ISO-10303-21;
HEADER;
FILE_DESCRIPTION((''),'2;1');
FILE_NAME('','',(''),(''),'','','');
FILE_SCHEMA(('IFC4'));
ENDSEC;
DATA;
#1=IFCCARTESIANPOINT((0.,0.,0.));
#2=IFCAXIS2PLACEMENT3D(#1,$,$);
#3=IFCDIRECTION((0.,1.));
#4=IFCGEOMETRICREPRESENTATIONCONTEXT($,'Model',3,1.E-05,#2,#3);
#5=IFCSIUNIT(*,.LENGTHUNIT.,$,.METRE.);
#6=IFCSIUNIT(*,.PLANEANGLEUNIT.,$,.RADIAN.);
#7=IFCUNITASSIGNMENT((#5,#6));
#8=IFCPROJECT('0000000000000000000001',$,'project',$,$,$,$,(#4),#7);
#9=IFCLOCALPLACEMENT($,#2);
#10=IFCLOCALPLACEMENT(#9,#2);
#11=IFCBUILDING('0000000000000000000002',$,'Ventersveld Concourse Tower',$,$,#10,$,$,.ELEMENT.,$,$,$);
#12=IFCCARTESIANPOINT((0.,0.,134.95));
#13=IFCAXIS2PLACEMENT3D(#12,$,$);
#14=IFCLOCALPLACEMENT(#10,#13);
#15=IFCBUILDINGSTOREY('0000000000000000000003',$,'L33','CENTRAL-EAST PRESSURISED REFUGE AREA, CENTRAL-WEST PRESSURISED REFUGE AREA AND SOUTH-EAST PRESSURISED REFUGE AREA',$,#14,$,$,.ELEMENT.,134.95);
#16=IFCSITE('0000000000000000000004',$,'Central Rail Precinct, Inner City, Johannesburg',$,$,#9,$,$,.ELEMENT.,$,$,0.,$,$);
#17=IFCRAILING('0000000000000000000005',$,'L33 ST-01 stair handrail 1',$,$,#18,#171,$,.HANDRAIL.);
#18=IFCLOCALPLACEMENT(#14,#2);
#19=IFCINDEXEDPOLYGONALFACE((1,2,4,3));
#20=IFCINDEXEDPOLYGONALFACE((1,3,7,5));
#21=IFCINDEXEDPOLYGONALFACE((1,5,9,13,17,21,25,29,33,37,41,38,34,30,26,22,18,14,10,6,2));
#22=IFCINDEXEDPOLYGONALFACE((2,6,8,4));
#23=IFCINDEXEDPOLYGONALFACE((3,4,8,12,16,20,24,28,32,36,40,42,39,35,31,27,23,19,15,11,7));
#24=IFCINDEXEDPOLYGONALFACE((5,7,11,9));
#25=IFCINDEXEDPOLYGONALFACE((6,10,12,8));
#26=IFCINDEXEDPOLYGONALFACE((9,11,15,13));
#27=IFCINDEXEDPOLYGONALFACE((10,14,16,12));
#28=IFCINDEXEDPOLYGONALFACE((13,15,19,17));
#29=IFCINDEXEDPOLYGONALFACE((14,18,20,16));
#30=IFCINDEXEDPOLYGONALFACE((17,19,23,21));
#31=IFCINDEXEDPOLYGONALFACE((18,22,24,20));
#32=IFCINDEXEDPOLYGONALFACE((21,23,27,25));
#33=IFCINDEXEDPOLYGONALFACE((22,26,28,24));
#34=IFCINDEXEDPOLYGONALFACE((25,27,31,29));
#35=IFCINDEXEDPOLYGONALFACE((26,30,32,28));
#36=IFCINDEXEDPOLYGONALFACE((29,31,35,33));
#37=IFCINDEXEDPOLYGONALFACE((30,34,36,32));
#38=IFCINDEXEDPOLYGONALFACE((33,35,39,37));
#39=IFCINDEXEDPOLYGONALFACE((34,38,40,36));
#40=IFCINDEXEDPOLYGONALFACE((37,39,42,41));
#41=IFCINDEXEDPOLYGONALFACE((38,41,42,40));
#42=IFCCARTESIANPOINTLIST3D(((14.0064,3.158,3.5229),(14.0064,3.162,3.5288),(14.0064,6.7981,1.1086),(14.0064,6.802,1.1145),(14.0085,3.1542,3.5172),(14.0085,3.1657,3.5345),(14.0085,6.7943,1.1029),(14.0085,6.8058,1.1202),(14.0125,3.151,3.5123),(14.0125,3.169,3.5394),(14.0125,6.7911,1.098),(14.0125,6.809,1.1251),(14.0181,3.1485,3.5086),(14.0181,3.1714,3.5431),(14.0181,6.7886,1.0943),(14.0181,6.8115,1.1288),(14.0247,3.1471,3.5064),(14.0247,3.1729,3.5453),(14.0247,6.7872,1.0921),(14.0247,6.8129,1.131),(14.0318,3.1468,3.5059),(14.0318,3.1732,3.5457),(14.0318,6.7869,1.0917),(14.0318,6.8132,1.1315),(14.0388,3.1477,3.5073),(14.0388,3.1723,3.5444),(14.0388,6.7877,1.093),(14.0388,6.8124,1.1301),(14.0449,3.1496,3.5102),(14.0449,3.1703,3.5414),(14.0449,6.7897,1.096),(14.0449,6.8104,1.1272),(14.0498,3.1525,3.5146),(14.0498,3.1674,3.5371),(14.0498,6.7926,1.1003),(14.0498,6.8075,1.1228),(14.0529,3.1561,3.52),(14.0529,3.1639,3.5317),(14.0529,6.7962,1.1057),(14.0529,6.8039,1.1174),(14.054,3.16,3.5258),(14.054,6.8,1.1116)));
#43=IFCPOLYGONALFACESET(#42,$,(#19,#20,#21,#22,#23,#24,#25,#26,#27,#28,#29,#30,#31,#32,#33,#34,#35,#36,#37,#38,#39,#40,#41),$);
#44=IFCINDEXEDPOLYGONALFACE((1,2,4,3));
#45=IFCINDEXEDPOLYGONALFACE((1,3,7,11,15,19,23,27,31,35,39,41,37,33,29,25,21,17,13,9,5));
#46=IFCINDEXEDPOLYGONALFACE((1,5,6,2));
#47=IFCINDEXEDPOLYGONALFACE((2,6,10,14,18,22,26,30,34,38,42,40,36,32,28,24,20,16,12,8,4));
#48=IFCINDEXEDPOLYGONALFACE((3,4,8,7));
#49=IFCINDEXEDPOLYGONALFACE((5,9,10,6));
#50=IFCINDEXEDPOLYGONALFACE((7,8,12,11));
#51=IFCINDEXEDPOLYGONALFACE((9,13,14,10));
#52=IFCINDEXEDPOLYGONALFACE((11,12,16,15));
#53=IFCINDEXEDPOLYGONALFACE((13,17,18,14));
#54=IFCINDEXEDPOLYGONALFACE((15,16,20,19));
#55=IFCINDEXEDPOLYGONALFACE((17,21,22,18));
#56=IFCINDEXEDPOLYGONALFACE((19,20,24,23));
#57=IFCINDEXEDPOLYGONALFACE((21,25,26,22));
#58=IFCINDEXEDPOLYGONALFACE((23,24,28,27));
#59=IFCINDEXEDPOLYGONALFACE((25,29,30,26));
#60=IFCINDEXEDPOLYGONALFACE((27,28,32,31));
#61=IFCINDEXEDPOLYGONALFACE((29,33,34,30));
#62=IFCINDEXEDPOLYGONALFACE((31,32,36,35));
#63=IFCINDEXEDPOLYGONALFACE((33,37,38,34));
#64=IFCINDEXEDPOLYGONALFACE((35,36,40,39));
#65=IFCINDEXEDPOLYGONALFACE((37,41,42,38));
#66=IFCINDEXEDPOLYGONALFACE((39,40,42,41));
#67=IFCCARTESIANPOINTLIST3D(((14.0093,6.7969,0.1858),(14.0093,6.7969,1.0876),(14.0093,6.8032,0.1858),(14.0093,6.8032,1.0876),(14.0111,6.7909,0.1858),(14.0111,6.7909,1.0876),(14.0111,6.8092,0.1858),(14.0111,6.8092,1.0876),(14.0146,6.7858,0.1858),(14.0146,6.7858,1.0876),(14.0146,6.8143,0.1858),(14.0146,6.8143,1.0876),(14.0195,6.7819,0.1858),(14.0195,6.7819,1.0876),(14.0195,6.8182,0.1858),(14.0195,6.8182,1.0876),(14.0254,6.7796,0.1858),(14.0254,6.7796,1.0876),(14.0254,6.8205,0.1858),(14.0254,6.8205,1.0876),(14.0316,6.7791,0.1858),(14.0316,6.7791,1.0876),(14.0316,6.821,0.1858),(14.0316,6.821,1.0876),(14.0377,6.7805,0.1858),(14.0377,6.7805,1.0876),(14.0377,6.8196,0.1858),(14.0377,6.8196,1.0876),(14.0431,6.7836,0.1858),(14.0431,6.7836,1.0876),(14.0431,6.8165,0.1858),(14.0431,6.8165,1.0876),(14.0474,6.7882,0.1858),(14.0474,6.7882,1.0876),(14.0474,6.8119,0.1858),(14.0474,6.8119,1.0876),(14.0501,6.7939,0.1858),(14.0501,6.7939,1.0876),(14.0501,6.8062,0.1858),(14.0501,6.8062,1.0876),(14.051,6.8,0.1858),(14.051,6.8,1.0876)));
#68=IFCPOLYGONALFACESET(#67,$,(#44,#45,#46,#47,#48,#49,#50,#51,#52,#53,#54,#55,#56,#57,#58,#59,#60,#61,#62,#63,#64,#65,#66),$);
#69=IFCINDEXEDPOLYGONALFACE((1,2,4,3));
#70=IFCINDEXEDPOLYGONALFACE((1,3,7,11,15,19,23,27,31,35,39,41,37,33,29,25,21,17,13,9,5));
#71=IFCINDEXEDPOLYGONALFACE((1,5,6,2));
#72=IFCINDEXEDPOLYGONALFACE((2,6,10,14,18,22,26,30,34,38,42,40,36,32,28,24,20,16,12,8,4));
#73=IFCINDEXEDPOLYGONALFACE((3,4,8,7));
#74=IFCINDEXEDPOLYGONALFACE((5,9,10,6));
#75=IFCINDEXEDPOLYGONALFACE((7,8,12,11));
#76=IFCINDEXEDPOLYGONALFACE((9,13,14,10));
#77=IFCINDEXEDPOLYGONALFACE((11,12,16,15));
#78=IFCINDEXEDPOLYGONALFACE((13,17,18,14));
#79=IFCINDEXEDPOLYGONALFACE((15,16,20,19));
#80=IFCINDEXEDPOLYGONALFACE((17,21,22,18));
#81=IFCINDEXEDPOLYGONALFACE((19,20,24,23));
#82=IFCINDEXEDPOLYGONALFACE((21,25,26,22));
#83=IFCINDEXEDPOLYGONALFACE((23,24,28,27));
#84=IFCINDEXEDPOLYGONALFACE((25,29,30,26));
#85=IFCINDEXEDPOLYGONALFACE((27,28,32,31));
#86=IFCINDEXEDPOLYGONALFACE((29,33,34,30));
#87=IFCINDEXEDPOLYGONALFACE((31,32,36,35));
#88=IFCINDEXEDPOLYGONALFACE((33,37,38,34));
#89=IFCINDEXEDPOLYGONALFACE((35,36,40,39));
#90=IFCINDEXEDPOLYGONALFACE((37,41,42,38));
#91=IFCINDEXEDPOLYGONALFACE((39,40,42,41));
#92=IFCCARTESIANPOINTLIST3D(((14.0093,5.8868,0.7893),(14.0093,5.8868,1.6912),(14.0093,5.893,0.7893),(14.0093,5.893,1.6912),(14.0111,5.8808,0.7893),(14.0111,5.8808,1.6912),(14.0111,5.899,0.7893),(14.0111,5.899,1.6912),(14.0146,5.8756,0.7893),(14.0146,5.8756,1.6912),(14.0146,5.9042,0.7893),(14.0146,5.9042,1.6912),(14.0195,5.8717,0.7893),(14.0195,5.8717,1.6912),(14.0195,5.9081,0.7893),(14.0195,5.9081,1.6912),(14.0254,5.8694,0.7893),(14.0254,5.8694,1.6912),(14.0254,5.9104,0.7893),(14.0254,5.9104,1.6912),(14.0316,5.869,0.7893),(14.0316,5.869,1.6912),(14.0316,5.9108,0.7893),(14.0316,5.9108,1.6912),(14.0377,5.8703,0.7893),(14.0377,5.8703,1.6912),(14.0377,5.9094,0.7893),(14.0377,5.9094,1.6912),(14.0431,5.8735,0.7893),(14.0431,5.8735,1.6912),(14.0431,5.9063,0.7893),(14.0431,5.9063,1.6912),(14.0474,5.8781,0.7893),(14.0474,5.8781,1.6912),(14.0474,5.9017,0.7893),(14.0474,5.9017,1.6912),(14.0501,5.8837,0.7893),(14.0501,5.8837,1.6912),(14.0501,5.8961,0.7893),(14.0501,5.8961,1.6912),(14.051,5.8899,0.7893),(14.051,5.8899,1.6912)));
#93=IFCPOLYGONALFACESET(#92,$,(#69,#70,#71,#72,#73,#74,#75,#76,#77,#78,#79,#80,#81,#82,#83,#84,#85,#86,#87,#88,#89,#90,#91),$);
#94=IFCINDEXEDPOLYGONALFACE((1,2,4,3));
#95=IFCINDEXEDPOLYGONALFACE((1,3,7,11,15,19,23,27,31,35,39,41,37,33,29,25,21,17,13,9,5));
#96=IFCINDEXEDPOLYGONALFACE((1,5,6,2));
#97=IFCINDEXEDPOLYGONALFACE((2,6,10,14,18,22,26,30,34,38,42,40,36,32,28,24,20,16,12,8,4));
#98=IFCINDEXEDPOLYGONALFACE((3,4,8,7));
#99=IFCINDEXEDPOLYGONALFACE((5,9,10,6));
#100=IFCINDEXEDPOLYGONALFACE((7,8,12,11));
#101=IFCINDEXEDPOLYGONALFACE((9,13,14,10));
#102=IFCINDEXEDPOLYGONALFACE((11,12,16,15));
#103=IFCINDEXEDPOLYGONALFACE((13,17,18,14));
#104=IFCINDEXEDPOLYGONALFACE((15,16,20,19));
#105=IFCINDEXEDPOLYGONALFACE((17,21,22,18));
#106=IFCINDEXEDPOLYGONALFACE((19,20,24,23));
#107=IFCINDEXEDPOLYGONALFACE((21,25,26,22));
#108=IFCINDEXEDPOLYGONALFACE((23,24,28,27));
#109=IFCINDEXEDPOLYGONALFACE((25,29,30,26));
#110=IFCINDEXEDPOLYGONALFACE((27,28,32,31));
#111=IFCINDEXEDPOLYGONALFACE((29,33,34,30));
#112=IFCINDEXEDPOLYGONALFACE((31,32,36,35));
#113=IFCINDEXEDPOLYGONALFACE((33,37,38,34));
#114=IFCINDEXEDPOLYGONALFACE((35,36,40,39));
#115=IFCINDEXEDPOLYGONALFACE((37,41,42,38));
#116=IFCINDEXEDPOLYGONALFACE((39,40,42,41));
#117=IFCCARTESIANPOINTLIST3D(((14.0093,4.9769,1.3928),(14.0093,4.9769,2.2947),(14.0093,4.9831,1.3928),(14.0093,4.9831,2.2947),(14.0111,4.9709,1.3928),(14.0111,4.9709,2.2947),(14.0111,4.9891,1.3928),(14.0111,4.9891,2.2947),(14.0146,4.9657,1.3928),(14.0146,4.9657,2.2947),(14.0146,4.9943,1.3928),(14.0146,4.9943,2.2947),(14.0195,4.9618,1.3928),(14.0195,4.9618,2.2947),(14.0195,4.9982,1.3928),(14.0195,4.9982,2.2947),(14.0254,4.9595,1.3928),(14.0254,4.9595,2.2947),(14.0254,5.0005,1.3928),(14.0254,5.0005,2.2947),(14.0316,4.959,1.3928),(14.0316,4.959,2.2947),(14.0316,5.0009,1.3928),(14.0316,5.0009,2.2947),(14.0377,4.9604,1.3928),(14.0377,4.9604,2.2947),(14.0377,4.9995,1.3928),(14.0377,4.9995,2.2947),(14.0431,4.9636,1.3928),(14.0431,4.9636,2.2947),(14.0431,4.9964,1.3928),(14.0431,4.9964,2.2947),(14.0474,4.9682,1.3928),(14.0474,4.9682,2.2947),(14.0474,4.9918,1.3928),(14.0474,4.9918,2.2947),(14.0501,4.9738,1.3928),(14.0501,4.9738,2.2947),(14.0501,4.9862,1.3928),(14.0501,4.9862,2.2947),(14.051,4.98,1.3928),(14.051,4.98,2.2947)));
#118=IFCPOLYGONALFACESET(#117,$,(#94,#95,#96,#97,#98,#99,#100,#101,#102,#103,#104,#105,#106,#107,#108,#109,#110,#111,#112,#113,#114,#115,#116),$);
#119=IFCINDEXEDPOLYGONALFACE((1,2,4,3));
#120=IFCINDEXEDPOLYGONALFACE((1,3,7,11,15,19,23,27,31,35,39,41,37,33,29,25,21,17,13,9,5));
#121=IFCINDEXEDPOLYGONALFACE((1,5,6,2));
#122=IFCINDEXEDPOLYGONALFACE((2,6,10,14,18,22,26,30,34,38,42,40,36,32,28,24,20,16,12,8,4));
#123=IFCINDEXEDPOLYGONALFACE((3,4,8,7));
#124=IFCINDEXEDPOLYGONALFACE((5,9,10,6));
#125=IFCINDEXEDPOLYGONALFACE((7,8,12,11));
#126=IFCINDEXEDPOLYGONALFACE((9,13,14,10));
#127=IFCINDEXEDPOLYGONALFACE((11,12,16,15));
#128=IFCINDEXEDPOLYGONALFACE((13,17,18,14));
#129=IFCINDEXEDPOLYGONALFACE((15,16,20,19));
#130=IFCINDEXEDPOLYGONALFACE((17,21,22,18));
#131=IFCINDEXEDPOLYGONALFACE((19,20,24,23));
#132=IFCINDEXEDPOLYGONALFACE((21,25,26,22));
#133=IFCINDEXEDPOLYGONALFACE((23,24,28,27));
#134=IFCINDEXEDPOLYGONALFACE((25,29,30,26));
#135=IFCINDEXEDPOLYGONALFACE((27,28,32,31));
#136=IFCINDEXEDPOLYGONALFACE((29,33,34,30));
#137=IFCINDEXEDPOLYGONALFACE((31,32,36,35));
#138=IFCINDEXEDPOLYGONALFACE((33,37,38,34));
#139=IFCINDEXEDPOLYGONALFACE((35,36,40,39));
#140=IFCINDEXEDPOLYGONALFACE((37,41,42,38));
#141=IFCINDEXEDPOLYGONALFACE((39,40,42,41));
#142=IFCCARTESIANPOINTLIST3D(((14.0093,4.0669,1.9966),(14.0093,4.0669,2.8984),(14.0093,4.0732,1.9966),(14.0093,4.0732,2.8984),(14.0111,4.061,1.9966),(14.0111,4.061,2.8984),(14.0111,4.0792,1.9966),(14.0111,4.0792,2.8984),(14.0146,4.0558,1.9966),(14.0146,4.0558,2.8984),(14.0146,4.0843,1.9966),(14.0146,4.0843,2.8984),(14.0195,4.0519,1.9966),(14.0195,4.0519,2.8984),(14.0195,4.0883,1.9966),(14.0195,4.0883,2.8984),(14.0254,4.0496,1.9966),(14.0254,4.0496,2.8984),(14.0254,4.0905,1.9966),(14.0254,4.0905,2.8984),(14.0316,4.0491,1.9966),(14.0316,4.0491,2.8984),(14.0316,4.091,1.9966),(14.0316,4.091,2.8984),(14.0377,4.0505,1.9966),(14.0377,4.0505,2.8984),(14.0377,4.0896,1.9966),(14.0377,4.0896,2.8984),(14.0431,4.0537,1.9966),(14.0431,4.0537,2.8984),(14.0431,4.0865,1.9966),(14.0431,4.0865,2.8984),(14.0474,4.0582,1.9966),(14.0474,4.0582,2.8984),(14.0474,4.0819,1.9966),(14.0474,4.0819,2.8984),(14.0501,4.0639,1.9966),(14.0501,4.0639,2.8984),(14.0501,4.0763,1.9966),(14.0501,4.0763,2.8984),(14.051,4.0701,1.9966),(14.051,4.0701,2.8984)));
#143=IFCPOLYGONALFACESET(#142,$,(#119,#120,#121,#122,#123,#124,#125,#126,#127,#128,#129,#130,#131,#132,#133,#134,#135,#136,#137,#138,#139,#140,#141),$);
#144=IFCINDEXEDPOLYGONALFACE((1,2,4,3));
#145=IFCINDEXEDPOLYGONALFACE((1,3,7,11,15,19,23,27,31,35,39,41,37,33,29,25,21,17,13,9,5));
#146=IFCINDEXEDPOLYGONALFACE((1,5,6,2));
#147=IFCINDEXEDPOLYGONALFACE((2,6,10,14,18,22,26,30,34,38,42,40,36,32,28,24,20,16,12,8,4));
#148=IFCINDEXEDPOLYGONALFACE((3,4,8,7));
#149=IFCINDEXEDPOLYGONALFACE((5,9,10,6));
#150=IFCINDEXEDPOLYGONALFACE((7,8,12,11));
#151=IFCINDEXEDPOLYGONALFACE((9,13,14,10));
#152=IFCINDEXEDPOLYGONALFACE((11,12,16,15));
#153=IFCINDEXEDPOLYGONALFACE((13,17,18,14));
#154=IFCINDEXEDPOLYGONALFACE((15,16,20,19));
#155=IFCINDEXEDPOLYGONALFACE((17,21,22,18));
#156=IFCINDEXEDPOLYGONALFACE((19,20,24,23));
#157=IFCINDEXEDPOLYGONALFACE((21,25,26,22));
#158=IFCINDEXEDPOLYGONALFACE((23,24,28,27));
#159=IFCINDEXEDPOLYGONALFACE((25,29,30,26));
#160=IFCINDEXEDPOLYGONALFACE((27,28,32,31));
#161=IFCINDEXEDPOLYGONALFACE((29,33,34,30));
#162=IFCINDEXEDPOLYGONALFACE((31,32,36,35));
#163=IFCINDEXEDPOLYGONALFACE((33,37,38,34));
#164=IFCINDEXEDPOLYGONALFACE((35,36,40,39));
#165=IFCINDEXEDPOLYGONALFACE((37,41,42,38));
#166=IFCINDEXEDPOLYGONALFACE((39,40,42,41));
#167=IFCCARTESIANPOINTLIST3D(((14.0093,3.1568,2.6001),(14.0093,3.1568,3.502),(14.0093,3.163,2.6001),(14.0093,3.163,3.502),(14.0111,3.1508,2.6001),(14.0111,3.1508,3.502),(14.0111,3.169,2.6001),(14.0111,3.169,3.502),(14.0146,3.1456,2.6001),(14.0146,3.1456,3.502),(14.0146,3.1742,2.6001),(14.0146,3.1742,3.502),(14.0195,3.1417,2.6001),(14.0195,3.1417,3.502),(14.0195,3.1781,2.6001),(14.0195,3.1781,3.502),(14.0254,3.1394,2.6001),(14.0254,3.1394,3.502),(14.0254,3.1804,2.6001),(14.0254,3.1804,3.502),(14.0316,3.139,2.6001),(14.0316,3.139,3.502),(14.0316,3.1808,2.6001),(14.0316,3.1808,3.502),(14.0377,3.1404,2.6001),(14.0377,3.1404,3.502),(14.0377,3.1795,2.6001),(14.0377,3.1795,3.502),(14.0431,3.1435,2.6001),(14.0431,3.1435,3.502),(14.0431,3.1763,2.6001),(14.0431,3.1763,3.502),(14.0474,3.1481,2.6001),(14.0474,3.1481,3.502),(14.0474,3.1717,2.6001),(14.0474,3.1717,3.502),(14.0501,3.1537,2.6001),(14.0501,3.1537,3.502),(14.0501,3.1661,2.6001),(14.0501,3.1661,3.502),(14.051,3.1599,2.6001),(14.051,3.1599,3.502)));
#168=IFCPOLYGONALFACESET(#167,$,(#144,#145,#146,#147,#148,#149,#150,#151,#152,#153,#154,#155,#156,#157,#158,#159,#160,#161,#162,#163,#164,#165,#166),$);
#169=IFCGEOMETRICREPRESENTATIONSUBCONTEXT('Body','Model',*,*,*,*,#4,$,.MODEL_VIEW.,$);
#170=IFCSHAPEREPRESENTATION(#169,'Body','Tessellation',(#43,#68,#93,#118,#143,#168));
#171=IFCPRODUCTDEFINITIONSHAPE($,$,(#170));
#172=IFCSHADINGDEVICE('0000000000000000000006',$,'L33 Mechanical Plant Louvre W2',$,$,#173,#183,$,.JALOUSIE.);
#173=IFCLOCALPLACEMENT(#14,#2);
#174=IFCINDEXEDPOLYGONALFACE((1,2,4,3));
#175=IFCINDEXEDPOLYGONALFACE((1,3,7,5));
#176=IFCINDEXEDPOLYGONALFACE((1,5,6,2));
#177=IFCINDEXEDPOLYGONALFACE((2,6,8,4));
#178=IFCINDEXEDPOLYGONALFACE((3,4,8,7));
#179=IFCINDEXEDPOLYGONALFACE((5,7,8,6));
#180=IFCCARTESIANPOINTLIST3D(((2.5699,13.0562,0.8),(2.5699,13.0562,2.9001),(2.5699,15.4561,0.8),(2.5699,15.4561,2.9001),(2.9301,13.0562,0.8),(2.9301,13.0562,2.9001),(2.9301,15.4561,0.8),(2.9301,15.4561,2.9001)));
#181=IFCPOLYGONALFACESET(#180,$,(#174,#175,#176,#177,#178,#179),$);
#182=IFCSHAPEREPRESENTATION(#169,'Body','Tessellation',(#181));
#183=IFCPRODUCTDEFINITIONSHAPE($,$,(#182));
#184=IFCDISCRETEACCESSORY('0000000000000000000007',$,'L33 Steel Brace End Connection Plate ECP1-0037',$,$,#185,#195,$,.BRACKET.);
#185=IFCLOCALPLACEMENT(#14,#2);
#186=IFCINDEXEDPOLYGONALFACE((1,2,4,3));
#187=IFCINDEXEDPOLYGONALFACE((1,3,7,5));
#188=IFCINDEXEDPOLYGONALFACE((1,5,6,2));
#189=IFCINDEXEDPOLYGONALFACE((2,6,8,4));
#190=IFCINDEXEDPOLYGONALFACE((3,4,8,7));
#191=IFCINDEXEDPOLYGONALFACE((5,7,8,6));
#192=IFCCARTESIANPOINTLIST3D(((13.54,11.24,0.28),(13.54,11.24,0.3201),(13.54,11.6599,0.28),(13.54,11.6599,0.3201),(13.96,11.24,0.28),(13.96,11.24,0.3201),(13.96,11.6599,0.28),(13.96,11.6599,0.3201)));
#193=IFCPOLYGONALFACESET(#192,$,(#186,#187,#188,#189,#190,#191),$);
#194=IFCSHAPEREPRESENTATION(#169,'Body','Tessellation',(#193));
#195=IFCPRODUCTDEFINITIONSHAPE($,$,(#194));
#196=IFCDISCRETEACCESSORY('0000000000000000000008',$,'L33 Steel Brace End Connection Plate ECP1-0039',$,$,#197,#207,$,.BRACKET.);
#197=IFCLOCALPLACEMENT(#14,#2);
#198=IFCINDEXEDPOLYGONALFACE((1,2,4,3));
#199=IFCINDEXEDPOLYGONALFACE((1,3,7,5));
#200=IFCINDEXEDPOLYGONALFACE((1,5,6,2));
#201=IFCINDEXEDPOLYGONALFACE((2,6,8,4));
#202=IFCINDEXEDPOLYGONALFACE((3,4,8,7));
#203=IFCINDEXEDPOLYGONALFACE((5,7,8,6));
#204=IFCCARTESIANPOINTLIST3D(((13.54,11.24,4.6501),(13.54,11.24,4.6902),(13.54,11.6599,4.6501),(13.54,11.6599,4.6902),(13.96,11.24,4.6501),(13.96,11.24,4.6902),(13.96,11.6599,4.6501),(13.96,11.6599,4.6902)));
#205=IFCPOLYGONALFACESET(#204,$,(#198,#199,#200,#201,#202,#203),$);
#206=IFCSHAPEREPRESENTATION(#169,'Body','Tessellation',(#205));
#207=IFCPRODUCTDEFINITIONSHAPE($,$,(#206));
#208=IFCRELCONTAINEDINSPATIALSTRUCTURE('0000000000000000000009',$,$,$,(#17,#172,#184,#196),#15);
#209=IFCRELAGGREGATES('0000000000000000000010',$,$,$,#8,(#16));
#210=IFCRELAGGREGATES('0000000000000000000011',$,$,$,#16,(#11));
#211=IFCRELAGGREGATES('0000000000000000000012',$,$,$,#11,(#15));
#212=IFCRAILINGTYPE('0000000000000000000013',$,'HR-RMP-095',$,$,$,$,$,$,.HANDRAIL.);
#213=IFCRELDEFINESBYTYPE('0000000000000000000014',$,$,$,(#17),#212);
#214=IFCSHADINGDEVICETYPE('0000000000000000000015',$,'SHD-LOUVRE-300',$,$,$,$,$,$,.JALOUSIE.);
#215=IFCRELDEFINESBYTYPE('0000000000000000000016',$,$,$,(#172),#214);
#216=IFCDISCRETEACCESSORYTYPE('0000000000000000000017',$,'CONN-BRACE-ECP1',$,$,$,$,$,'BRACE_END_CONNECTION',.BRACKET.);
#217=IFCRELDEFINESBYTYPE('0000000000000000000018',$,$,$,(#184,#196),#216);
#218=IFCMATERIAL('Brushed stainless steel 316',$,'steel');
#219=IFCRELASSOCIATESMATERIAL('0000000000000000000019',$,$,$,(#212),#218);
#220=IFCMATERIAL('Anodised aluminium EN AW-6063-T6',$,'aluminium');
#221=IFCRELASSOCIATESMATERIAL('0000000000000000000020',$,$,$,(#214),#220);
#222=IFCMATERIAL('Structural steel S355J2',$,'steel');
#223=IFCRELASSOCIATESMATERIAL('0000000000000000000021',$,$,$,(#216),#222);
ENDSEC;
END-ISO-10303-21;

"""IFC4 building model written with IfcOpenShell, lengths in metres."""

from ifc_helpers import new_model, si_unit, direction, frame, origin, origin_2d, place, context, subcontext, project, spatial, rectangle, circle, extrude, material, type_object, element, save


model = new_model("IFC4")

# Units and contexts
model_context = context("Model", 3, precision=1e-05, world=origin(), true_north=direction((0.0, 1.0)))
body_context = subcontext(model_context, "Body", "Model", "MODEL_VIEW")
ifc_project = project(units=[si_unit("LENGTHUNIT", "METRE"), si_unit("PLANEANGLEUNIT", "RADIAN")], contexts=[model_context])

# Site, building, storey
site_placement = place(None, origin())
site = spatial("IfcSite", under=ifc_project, at=site_placement, Name="Central Rail Precinct, Inner City, Johannesburg", CompositionType="ELEMENT", RefElevation=0.0)
building_placement = place(site_placement, origin())
building = spatial("IfcBuilding", under=site, at=building_placement, Name="Ventersveld Concourse Tower", CompositionType="ELEMENT")
storey_placement = place(building_placement, frame((0.0, 0.0, 134.95)))
storey = spatial("IfcBuildingStorey", under=building, at=storey_placement, Name="L33", Description="CENTRAL-EAST PRESSURISED REFUGE AREA, CENTRAL-WEST PRESSURISED REFUGE AREA AND SOUTH-EAST PRESSURISED REFUGE AREA", CompositionType="ELEMENT", Elevation=134.95)

# Shared definitions
ifc_material_1 = material(Name="Structural steel S355J2", Category="steel")

# Railing
ifc_material_2 = material(Name="Brushed stainless steel 316", Category="steel")
railing_type = type_object("IfcRailingType", Name="HR-RMP-095", PredefinedType="HANDRAIL", material=ifc_material_2)
railing_placement = place(storey_placement, frame((14.03, 6.8, 0.1858)))
element("IfcRailing", 1, at=railing_placement, inside=storey, type_object=railing_type, Name="L33 ST-01 stair handrail 1", PredefinedType="HANDRAIL", context=body_context, shape_type="SweptSolid", body=[
    extrude(circle(Radius=0.0239, at=origin_2d()), frame((0.0, 0.0, 0.9258), z_axis=(0.0, -0.833364, 0.552725), x_axis=(1.0, 0.0, 0.0)), (0.0, 0.0, 1.0), 4.3679),
    extrude(circle(Radius=0.021, at=origin_2d()), origin(), (0.0, 0.0, 1.0), 0.9019),
    extrude(circle(Radius=0.021, at=origin_2d()), frame((0.0, -0.9102, 0.6035)), (0.0, 0.0, 1.0), 0.9019),
    extrude(circle(Radius=0.021, at=origin_2d()), frame((0.0, -1.8201, 1.207)), (0.0, 0.0, 1.0), 0.9019),
    extrude(circle(Radius=0.021, at=origin_2d()), frame((0.0, -2.73, 1.8108)), (0.0, 0.0, 1.0), 0.9019),
    extrude(circle(Radius=0.021, at=origin_2d()), frame((0.0, -3.6401, 2.4143)), (0.0, 0.0, 1.0), 0.9019),
])

# Shading device
ifc_material_3 = material(Name="Anodised aluminium EN AW-6063-T6", Category="aluminium")
shading_device_type = type_object("IfcShadingDeviceType", Name="SHD-LOUVRE-300", PredefinedType="JALOUSIE", material=ifc_material_3)
shading_device_placement = place(storey_placement, frame((2.75, 14.2561, 0.8), z_axis=(0.0, 0.0, 1.0), x_axis=(0.0, -1.0, 0.0)))
element("IfcShadingDevice", 2, at=shading_device_placement, inside=storey, type_object=shading_device_type, Name="L33 Mechanical Plant Louvre W2", PredefinedType="JALOUSIE", context=body_context, shape_type="SweptSolid", body=[
    extrude(rectangle(XDim=2.3999, YDim=0.3601, at=origin_2d()), origin(), (0.0, 0.0, 1.0), 2.1001),
])

# Discrete accessories
discrete_accessory_type = type_object("IfcDiscreteAccessoryType", Name="CONN-BRACE-ECP1", ElementType="BRACE_END_CONNECTION", PredefinedType="BRACKET", material=ifc_material_1)
for number, where, z_axis, x_axis, name in (
    (3, (13.75, 11.45, 0.28), (0.0, 0.0, 1.0), (1.0, 0.0, 0.0), "L33 Steel Brace End Connection Plate ECP1-0037"),
    (4, (13.75, 11.45, 4.6501), (0.0, 0.0, 1.0), (1.0, 0.0, 0.0), "L33 Steel Brace End Connection Plate ECP1-0039"),
):
    element("IfcDiscreteAccessory", number, at=place(storey_placement, frame(where, z_axis=z_axis, x_axis=x_axis)), inside=storey, type_object=discrete_accessory_type, Name=name, PredefinedType="BRACKET", context=body_context, shape_type="SweptSolid", body=[
        extrude(rectangle(XDim=0.4199, YDim=0.4199, at=origin_2d()), origin(), (0.0, 0.0, 1.0), 0.04),
    ])

save(model, "model.ifc")
